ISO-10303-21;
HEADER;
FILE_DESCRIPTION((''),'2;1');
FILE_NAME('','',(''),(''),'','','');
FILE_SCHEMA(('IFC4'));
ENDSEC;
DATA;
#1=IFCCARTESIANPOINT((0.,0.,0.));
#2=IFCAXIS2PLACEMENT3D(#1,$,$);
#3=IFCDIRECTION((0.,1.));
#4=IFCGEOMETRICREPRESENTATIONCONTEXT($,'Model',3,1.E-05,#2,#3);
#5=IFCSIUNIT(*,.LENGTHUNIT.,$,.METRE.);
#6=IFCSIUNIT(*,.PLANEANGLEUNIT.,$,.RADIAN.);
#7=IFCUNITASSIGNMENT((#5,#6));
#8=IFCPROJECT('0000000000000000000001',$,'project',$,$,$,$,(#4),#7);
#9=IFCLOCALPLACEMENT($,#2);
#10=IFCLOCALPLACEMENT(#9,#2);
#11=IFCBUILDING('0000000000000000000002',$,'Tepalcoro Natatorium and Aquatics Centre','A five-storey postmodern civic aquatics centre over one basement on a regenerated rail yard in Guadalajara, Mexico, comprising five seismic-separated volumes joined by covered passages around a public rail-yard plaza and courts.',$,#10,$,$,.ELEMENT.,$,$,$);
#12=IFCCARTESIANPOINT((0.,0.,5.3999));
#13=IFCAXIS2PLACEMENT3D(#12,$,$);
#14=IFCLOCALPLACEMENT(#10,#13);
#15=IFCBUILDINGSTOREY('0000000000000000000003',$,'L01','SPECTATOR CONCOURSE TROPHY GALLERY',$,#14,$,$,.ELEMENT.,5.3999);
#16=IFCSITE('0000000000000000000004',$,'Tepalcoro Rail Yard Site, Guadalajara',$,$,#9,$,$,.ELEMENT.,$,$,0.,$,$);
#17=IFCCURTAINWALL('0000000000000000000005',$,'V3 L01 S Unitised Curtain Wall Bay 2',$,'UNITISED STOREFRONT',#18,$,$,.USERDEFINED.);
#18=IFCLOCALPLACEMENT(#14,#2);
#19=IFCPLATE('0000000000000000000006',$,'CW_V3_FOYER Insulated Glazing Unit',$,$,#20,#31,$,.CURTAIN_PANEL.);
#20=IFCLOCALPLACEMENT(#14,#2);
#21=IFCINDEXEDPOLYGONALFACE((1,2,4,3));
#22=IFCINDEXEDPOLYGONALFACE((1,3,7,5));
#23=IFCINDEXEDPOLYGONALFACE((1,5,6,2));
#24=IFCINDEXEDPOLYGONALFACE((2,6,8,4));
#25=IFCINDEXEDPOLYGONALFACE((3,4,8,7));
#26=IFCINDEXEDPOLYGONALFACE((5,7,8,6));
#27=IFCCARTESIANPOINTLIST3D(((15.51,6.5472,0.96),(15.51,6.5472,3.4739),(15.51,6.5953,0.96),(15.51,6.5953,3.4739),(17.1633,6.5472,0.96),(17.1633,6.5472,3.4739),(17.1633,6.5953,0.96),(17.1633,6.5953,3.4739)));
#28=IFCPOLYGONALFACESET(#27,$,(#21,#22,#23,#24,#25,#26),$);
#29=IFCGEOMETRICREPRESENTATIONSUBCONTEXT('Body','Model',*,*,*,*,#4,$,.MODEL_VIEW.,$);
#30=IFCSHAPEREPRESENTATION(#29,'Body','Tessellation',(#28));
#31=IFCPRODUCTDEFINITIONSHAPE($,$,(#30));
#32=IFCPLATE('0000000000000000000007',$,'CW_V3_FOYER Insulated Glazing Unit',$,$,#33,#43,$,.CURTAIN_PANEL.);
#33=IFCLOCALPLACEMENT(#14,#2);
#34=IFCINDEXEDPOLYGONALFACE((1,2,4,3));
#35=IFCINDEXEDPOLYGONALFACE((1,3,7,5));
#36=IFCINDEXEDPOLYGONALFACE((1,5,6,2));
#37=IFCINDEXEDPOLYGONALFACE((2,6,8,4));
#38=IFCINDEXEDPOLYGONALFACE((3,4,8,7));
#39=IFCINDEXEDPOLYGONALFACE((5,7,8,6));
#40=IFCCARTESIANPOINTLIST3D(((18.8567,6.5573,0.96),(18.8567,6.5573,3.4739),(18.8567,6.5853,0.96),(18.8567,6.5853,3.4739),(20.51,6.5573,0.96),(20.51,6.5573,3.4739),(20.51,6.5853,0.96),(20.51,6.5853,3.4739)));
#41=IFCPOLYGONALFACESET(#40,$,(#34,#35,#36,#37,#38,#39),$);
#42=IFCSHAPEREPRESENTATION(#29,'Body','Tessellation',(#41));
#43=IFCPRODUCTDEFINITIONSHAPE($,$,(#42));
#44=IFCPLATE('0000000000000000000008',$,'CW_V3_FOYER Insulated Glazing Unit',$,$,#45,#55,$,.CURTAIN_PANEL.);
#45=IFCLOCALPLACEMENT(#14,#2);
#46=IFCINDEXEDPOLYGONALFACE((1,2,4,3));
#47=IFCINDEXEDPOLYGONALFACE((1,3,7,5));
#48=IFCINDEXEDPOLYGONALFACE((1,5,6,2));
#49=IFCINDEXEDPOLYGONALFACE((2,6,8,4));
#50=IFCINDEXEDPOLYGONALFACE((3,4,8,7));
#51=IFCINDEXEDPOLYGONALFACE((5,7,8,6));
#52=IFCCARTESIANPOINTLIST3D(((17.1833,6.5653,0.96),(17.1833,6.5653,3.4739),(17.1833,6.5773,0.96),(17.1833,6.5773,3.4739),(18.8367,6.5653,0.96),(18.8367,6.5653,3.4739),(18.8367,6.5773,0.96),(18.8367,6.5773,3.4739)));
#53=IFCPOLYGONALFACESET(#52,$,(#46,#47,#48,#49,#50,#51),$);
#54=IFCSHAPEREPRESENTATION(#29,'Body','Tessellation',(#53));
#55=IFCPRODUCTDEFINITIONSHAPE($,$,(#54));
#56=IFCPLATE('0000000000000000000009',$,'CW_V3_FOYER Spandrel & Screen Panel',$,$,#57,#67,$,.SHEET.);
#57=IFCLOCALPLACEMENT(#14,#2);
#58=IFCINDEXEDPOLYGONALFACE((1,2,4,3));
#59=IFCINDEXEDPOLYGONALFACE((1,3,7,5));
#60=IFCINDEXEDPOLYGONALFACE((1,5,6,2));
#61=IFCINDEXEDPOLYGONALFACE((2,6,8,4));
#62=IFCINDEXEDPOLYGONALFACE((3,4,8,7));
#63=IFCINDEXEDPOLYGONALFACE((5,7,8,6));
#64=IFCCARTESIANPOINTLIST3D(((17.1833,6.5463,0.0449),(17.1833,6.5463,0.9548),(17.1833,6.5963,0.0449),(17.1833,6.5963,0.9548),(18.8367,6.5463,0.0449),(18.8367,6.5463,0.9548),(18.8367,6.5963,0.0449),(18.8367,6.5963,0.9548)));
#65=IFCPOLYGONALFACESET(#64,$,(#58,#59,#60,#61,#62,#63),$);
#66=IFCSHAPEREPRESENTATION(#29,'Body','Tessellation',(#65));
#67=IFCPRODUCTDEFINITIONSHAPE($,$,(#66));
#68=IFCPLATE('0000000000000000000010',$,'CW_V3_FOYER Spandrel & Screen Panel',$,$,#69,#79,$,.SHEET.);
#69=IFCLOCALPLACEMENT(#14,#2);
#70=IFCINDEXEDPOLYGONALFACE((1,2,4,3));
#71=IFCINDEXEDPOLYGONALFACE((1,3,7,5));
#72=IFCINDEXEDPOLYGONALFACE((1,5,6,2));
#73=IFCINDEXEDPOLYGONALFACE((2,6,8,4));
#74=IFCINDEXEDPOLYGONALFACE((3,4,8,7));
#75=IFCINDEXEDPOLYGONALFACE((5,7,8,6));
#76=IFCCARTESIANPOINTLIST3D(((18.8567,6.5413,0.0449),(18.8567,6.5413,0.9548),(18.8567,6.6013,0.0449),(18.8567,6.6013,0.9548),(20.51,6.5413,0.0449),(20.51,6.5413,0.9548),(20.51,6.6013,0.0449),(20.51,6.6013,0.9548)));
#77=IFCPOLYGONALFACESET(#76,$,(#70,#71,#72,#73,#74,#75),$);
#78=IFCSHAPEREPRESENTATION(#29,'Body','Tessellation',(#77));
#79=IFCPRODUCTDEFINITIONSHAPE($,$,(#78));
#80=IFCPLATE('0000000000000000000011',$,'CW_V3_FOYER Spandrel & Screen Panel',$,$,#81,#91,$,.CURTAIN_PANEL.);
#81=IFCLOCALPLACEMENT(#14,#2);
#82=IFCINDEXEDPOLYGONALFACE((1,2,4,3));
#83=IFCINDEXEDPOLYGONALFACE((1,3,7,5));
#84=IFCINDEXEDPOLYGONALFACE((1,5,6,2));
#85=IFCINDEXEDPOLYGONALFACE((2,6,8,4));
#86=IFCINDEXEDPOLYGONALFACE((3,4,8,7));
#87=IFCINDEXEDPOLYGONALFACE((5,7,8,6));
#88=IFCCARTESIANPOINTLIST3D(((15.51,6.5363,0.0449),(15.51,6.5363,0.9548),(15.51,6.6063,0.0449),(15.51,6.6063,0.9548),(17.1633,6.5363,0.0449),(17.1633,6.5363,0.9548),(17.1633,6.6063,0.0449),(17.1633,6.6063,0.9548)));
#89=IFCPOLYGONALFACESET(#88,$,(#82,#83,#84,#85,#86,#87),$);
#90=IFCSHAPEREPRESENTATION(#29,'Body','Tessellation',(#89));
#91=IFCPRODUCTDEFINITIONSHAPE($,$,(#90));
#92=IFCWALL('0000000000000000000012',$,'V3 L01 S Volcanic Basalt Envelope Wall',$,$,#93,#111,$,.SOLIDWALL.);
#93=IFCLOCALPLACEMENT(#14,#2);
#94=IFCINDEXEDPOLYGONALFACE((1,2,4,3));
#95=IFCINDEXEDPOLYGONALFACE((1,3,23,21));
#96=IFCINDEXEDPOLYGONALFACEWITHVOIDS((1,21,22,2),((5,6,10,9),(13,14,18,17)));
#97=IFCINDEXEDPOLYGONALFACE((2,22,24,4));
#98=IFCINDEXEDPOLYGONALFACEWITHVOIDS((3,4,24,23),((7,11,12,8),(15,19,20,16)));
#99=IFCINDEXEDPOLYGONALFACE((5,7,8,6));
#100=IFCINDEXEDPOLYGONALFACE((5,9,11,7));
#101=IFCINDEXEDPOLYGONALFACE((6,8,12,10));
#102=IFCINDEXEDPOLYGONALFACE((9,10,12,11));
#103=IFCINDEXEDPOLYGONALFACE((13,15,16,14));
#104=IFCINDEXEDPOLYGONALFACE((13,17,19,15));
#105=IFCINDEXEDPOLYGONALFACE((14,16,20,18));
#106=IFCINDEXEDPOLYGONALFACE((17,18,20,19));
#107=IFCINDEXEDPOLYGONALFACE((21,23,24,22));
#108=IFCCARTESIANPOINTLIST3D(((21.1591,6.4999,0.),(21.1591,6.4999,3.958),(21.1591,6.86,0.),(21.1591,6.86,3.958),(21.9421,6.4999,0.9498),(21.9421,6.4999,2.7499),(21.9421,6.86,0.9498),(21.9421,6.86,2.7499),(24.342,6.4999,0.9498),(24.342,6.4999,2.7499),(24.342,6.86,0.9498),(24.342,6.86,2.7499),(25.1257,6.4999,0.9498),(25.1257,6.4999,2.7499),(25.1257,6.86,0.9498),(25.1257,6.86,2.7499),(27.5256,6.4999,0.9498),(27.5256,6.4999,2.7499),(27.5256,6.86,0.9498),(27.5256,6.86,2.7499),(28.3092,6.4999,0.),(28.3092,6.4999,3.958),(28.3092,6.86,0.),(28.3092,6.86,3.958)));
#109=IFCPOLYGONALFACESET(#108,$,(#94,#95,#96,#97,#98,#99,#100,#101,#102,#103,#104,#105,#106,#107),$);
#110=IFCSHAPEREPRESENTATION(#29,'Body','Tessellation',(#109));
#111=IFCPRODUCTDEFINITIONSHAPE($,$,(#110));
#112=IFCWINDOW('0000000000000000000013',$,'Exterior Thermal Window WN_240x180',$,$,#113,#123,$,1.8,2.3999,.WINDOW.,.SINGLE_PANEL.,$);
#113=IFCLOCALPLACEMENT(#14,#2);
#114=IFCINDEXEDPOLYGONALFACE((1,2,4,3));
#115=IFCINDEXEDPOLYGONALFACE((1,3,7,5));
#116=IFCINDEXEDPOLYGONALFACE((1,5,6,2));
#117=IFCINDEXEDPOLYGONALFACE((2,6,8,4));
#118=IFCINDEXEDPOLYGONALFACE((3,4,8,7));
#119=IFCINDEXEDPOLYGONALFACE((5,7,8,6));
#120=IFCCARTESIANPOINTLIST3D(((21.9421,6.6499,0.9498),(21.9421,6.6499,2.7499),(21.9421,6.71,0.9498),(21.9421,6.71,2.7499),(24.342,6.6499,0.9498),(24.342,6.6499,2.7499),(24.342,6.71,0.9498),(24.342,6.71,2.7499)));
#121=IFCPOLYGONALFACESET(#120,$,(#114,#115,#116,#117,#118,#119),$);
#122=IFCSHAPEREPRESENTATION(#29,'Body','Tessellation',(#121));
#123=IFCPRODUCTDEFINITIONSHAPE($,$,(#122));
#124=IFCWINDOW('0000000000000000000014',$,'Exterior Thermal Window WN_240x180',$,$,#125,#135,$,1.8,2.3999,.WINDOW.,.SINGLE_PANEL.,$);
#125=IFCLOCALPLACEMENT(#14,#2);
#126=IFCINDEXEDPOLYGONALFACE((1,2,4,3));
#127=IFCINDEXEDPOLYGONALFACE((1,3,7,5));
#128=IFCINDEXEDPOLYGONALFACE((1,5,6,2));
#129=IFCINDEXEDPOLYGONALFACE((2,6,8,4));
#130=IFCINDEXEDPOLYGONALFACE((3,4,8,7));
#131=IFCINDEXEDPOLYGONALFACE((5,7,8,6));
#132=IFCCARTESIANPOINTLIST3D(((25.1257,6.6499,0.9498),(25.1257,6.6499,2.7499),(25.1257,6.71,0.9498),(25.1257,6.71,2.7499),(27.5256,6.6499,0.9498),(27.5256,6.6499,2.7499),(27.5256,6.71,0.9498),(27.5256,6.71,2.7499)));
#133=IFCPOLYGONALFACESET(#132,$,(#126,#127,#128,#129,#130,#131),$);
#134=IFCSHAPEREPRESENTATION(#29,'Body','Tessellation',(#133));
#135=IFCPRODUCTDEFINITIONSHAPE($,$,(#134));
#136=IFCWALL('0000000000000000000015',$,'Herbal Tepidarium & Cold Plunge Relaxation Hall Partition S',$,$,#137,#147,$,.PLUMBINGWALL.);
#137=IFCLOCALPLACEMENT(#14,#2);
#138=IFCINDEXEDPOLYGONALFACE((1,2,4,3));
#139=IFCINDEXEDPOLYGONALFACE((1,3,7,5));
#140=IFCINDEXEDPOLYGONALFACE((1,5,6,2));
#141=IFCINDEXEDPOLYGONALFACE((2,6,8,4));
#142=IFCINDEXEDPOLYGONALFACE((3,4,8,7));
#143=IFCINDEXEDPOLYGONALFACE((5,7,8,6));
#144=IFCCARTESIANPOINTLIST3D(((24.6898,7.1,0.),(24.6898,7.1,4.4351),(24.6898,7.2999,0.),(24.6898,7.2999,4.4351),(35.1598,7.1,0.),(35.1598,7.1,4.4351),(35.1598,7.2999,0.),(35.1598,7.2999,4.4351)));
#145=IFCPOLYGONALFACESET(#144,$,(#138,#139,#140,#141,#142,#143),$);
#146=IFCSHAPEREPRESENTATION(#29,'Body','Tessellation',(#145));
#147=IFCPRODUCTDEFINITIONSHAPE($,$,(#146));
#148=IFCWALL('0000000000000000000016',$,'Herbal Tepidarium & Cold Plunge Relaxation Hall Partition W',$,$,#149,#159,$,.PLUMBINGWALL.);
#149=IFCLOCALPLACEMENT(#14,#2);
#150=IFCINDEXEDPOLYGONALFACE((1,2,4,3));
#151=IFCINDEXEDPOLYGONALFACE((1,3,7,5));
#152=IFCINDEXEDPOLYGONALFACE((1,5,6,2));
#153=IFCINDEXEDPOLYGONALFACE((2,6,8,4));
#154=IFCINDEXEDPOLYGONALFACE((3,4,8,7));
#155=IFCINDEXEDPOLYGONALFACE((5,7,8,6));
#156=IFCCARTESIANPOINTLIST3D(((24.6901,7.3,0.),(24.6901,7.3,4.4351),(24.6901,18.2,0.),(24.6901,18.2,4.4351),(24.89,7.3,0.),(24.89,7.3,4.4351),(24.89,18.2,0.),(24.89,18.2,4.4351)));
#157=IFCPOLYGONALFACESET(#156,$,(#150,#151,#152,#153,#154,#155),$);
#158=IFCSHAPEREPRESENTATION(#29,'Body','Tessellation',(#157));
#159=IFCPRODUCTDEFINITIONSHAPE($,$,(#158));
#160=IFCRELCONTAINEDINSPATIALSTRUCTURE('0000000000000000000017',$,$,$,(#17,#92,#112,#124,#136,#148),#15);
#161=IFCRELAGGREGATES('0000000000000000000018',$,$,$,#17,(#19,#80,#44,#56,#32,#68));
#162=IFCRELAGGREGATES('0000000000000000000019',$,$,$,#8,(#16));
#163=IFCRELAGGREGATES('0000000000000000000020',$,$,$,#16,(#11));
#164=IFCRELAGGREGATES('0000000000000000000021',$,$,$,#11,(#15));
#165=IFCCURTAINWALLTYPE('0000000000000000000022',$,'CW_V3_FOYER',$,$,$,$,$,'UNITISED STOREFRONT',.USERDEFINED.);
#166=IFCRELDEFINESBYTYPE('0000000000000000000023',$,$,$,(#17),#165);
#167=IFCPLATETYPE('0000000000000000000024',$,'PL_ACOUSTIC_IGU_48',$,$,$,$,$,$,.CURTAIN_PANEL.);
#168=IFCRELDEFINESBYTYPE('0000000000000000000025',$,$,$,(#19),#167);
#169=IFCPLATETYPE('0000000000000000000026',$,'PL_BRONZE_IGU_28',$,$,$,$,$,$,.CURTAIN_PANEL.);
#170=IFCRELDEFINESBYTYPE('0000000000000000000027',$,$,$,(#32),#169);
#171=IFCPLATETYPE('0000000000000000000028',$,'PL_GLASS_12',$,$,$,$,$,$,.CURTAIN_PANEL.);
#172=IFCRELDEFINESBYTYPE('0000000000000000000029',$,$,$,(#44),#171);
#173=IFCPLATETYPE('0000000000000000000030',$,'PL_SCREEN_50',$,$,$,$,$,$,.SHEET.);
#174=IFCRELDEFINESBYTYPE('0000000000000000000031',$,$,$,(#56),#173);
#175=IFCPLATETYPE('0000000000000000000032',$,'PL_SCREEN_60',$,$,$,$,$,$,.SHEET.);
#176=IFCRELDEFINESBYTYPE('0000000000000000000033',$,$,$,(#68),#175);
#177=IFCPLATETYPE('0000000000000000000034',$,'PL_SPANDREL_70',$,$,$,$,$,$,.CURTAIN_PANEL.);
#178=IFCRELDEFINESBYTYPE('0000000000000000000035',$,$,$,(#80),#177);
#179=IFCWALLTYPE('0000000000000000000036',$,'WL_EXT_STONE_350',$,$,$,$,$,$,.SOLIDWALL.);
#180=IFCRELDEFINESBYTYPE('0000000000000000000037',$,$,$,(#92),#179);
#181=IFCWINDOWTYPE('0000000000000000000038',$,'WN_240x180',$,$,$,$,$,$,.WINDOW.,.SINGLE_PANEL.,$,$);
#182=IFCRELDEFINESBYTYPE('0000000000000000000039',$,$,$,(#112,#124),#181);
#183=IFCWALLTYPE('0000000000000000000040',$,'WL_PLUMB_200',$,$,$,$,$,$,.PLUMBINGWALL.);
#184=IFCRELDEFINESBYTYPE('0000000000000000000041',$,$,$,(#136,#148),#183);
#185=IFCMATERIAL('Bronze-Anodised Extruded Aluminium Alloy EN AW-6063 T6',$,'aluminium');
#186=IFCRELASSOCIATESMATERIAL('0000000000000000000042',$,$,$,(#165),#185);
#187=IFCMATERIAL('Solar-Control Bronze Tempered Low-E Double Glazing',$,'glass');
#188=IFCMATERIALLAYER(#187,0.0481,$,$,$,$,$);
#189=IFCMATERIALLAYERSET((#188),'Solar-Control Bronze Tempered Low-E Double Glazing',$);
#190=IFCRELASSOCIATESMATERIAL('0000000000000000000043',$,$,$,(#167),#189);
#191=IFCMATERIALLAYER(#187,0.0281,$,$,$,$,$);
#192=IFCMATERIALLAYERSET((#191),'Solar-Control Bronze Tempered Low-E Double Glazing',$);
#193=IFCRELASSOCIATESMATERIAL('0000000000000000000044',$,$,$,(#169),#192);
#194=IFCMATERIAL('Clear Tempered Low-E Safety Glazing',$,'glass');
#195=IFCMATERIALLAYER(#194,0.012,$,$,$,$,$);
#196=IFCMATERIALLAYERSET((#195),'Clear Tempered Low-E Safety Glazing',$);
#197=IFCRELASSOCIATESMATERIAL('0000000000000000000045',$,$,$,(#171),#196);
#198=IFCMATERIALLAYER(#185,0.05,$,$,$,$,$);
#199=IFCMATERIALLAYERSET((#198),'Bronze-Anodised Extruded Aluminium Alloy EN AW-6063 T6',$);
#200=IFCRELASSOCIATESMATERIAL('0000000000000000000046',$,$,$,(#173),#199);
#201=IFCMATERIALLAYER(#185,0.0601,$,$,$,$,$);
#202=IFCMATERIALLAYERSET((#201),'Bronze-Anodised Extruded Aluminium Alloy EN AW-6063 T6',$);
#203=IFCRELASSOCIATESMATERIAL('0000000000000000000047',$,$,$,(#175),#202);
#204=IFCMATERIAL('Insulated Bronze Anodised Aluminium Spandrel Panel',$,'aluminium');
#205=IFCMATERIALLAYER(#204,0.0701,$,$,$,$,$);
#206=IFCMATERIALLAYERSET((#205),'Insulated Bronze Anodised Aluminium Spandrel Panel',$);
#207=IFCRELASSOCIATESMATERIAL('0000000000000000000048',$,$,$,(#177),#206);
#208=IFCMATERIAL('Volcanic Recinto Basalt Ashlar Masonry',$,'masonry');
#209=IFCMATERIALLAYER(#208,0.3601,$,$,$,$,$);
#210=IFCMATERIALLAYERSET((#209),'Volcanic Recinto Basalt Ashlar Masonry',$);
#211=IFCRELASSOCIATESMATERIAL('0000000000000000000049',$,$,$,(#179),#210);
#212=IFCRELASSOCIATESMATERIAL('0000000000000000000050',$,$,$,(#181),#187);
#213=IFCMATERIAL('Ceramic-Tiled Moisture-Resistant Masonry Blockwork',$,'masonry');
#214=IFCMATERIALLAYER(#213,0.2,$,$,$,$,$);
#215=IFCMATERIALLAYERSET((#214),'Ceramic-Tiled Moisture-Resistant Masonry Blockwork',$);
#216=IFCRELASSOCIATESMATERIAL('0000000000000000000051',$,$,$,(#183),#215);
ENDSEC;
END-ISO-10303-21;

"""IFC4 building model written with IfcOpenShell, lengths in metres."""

from ifc_helpers import new_model, si_unit, direction, frame, frame_2d, origin, origin_2d, place, context, subcontext, project, spatial, rectangle, extrude, material, layer, layer_set, type_object, element, fill, aggregate, save


model = new_model("IFC4")

# Units and contexts
model_context = context("Model", 3, precision=1e-05, world=origin(), true_north=direction((0.0, 1.0)))
body_context = subcontext(model_context, "Body", "Model", "MODEL_VIEW")
ifc_project = project(units=[si_unit("LENGTHUNIT", "METRE"), si_unit("PLANEANGLEUNIT", "RADIAN")], contexts=[model_context])

# Site, building, storey
site_placement = place(None, origin())
site = spatial("IfcSite", under=ifc_project, at=site_placement, Name="Tepalcoro Rail Yard Site, Guadalajara", CompositionType="ELEMENT", RefElevation=0.0)
building_placement = place(site_placement, origin())
building = spatial("IfcBuilding", under=site, at=building_placement, Name="Tepalcoro Natatorium and Aquatics Centre", Description="A five-storey postmodern civic aquatics centre over one basement on a regenerated rail yard in Guadalajara, Mexico, comprising five seismic-separated volumes joined by covered passages around a public rail-yard plaza and courts.", CompositionType="ELEMENT")
storey_placement = place(building_placement, frame((0.0, 0.0, 5.3999)))
storey = spatial("IfcBuildingStorey", under=building, at=storey_placement, Name="L01", Description="SPECTATOR CONCOURSE TROPHY GALLERY", CompositionType="ELEMENT", Elevation=5.3999)

# Shared definitions
ifc_material_1 = material(Name="Bronze-Anodised Extruded Aluminium Alloy EN AW-6063 T6", Category="aluminium")

# Curtain wall
curtain_wall_type_1 = type_object("IfcCurtainWallType", Name="CW_V3_FOYER", ElementType="UNITISED STOREFRONT", PredefinedType="USERDEFINED", material=ifc_material_1)
curtain_wall_1_placement = place(storey_placement, origin())
curtain_wall_1 = element("IfcCurtainWall", 1, at=curtain_wall_1_placement, inside=storey, type_object=curtain_wall_type_1, Name="V3 L01 S Unitised Curtain Wall Bay 2", ObjectType="UNITISED STOREFRONT", PredefinedType="USERDEFINED")

# Plates
ifc_material_2 = material(Name="Solar-Control Bronze Tempered Low-E Double Glazing", Category="glass")
ifc_layer_1 = layer(ifc_material_2, 0.0481)
ifc_layer_set_1 = layer_set([ifc_layer_1], Name="Solar-Control Bronze Tempered Low-E Double Glazing")
plate_type_1 = type_object("IfcPlateType", Name="PL_ACOUSTIC_IGU_48", PredefinedType="CURTAIN_PANEL", material=ifc_layer_set_1)
plate_1_placement = place(storey_placement, frame((16.3367, 6.5713, 0.96), z_axis=(0.0, 0.0, 1.0), x_axis=(1.0, 0.0, 0.0)))
plate_1 = element("IfcPlate", 2, at=plate_1_placement, type_object=plate_type_1, Name="CW_V3_FOYER Insulated Glazing Unit", PredefinedType="CURTAIN_PANEL", context=body_context, shape_type="SweptSolid", body=[
    extrude(rectangle(XDim=1.6533, YDim=0.0481, at=origin_2d()), origin(), (0.0, 0.0, 1.0), 2.5139),
])
ifc_layer_2 = layer(ifc_material_2, 0.0281)
ifc_layer_set_2 = layer_set([ifc_layer_2], Name="Solar-Control Bronze Tempered Low-E Double Glazing")
plate_type_2 = type_object("IfcPlateType", Name="PL_BRONZE_IGU_28", PredefinedType="CURTAIN_PANEL", material=ifc_layer_set_2)
plate_2_placement = place(storey_placement, frame((19.6833, 6.5713, 0.96), z_axis=(0.0, 0.0, 1.0), x_axis=(1.0, 0.0, 0.0)))
plate_2 = element("IfcPlate", 3, at=plate_2_placement, type_object=plate_type_2, Name="CW_V3_FOYER Insulated Glazing Unit", PredefinedType="CURTAIN_PANEL", context=body_context, shape_type="SweptSolid", body=[
    extrude(rectangle(XDim=1.6533, YDim=0.0281, at=origin_2d()), origin(), (0.0, 0.0, 1.0), 2.5139),
])
ifc_material_3 = material(Name="Clear Tempered Low-E Safety Glazing", Category="glass")
ifc_layer_3 = layer(ifc_material_3, 0.012)
ifc_layer_set_3 = layer_set([ifc_layer_3], Name="Clear Tempered Low-E Safety Glazing")
plate_type_3 = type_object("IfcPlateType", Name="PL_GLASS_12", PredefinedType="CURTAIN_PANEL", material=ifc_layer_set_3)
plate_3_placement = place(storey_placement, frame((18.01, 6.5713, 0.96), z_axis=(0.0, 0.0, 1.0), x_axis=(1.0, 0.0, 0.0)))
plate_3 = element("IfcPlate", 4, at=plate_3_placement, type_object=plate_type_3, Name="CW_V3_FOYER Insulated Glazing Unit", PredefinedType="CURTAIN_PANEL", context=body_context, shape_type="SweptSolid", body=[
    extrude(rectangle(XDim=1.6533, YDim=0.012, at=origin_2d()), origin(), (0.0, 0.0, 1.0), 2.5139),
])
ifc_layer_4 = layer(ifc_material_1, 0.05)
ifc_layer_set_4 = layer_set([ifc_layer_4], Name="Bronze-Anodised Extruded Aluminium Alloy EN AW-6063 T6")
plate_type_4 = type_object("IfcPlateType", Name="PL_SCREEN_50", PredefinedType="SHEET", material=ifc_layer_set_4)
plate_4_placement = place(storey_placement, frame((18.01, 6.5713, 0.0449), z_axis=(0.0, 0.0, 1.0), x_axis=(1.0, 0.0, 0.0)))
plate_4 = element("IfcPlate", 5, at=plate_4_placement, type_object=plate_type_4, Name="CW_V3_FOYER Spandrel & Screen Panel", PredefinedType="SHEET", context=body_context, shape_type="SweptSolid", body=[
    extrude(rectangle(XDim=1.6533, YDim=0.05, at=origin_2d()), origin(), (0.0, 0.0, 1.0), 0.9099),
])
ifc_layer_5 = layer(ifc_material_1, 0.0601)
ifc_layer_set_5 = layer_set([ifc_layer_5], Name="Bronze-Anodised Extruded Aluminium Alloy EN AW-6063 T6")
plate_type_5 = type_object("IfcPlateType", Name="PL_SCREEN_60", PredefinedType="SHEET", material=ifc_layer_set_5)
plate_5_placement = place(storey_placement, frame((19.6833, 6.5713, 0.0449), z_axis=(0.0, 0.0, 1.0), x_axis=(1.0, 0.0, 0.0)))
plate_5 = element("IfcPlate", 6, at=plate_5_placement, type_object=plate_type_5, Name="CW_V3_FOYER Spandrel & Screen Panel", PredefinedType="SHEET", context=body_context, shape_type="SweptSolid", body=[
    extrude(rectangle(XDim=1.6533, YDim=0.0601, at=origin_2d()), origin(), (0.0, 0.0, 1.0), 0.9099),
])
ifc_material_4 = material(Name="Insulated Bronze Anodised Aluminium Spandrel Panel", Category="aluminium")
ifc_layer_6 = layer(ifc_material_4, 0.0701)
ifc_layer_set_6 = layer_set([ifc_layer_6], Name="Insulated Bronze Anodised Aluminium Spandrel Panel")
plate_type_6 = type_object("IfcPlateType", Name="PL_SPANDREL_70", PredefinedType="CURTAIN_PANEL", material=ifc_layer_set_6)
plate_6_placement = place(storey_placement, frame((16.3367, 6.5713, 0.0449), z_axis=(0.0, 0.0, 1.0), x_axis=(1.0, 0.0, 0.0)))
plate_6 = element("IfcPlate", 7, at=plate_6_placement, type_object=plate_type_6, Name="CW_V3_FOYER Spandrel & Screen Panel", PredefinedType="CURTAIN_PANEL", context=body_context, shape_type="SweptSolid", body=[
    extrude(rectangle(XDim=1.6533, YDim=0.0701, at=origin_2d()), origin(), (0.0, 0.0, 1.0), 0.9099),
])
aggregate(curtain_wall_1, [plate_1, plate_6, plate_3, plate_4, plate_2, plate_5])

# Wall, openings, windows
ifc_material_5 = material(Name="Volcanic Recinto Basalt Ashlar Masonry", Category="masonry")
ifc_layer_7 = layer(ifc_material_5, 0.3601)
ifc_layer_set_7 = layer_set([ifc_layer_7], Name="Volcanic Recinto Basalt Ashlar Masonry")
wall_type_1 = type_object("IfcWallType", Name="WL_EXT_STONE_350", PredefinedType="SOLIDWALL", material=ifc_layer_set_7)
wall_1_placement = place(storey_placement, frame((21.1589, 6.6799, 0.0), z_axis=(0.0, 0.0, 1.0), x_axis=(1.0, 0.0, 0.0)))
wall_1 = element("IfcWall", 8, at=wall_1_placement, inside=storey, type_object=wall_type_1, Name="V3 L01 S Volcanic Basalt Envelope Wall", PredefinedType="SOLIDWALL", context=body_context, shape_type="SweptSolid", body=[
    extrude(rectangle(XDim=7.1501, YDim=0.3601, at=frame_2d((3.5752, 0.0))), origin(), (0.0, 0.0, 1.0), 3.958),
])
opening_1_placement = place(wall_1_placement, frame((0.7832, 0.0, 0.95)))
opening_1 = element("IfcOpeningElement", 9, at=opening_1_placement, cuts=wall_1, PredefinedType="OPENING", context=body_context, shape_type="SweptSolid", body=[
    extrude(rectangle(XDim=2.3999, YDim=1.8, at=frame_2d((1.2, 0.8999))), frame((0.0, 0.1919, 0.0), z_axis=(0.0, -1.0, 0.0), x_axis=(1.0, 0.0, 0.0)), (0.0, 0.0, 1.0), 0.384),
])
opening_2_placement = place(wall_1_placement, frame((3.9668, 0.0, 0.95)))
opening_2 = element("IfcOpeningElement", 10, at=opening_2_placement, cuts=wall_1, PredefinedType="OPENING", context=body_context, shape_type="SweptSolid", body=[
    extrude(rectangle(XDim=2.3999, YDim=1.8, at=frame_2d((1.2, 0.8999))), frame((0.0, 0.1919, 0.0), z_axis=(0.0, -1.0, 0.0), x_axis=(1.0, 0.0, 0.0)), (0.0, 0.0, 1.0), 0.384),
])
window_type = type_object("IfcWindowType", Name="WN_240x180", PartitioningType="SINGLE_PANEL", PredefinedType="WINDOW", material=ifc_material_2)
window_1_placement = place(opening_1_placement, origin())
window_1 = element("IfcWindow", 11, at=window_1_placement, inside=storey, type_object=window_type, Name="Exterior Thermal Window WN_240x180", OverallHeight=1.8, OverallWidth=2.3999, PartitioningType="SINGLE_PANEL", PredefinedType="WINDOW", context=body_context, shape_type="SweptSolid", body=[
    extrude(rectangle(XDim=2.3999, YDim=1.8, at=frame_2d((1.2, 0.8999))), frame((0.0, 0.03, 0.0), z_axis=(0.0, -1.0, 0.0), x_axis=(1.0, 0.0, 0.0)), (0.0, 0.0, 1.0), 0.0601),
])
fill(opening_1, window_1)
window_2_placement = place(opening_2_placement, origin())
window_2 = element("IfcWindow", 12, at=window_2_placement, inside=storey, type_object=window_type, Name="Exterior Thermal Window WN_240x180", OverallHeight=1.8, OverallWidth=2.3999, PartitioningType="SINGLE_PANEL", PredefinedType="WINDOW", context=body_context, shape_type="SweptSolid", body=[
    extrude(rectangle(XDim=2.3999, YDim=1.8, at=frame_2d((1.2, 0.8999))), frame((0.0, 0.03, 0.0), z_axis=(0.0, -1.0, 0.0), x_axis=(1.0, 0.0, 0.0)), (0.0, 0.0, 1.0), 0.0601),
])
fill(opening_2, window_2)

# Walls
ifc_material_6 = material(Name="Ceramic-Tiled Moisture-Resistant Masonry Blockwork", Category="masonry")
ifc_layer_8 = layer(ifc_material_6, 0.2)
ifc_layer_set_8 = layer_set([ifc_layer_8], Name="Ceramic-Tiled Moisture-Resistant Masonry Blockwork")
wall_type_2 = type_object("IfcWallType", Name="WL_PLUMB_200", PredefinedType="PLUMBINGWALL", material=ifc_layer_set_8)
wall_2_placement = place(storey_placement, frame((24.6899, 7.2, 0.0), z_axis=(0.0, 0.0, 1.0), x_axis=(1.0, 0.0, 0.0)))
element("IfcWall", 13, at=wall_2_placement, inside=storey, type_object=wall_type_2, Name="Herbal Tepidarium & Cold Plunge Relaxation Hall Partition S", PredefinedType="PLUMBINGWALL", context=body_context, shape_type="SweptSolid", body=[
    extrude(rectangle(XDim=10.47, YDim=0.2, at=frame_2d((5.2349, 0.0))), origin(), (0.0, 0.0, 1.0), 4.4351),
])
wall_3_placement = place(storey_placement, frame((24.79, 7.3, 0.0), z_axis=(0.0, 0.0, 1.0), x_axis=(0.0, 1.0, 0.0)))
element("IfcWall", 14, at=wall_3_placement, inside=storey, type_object=wall_type_2, Name="Herbal Tepidarium & Cold Plunge Relaxation Hall Partition W", PredefinedType="PLUMBINGWALL", context=body_context, shape_type="SweptSolid", body=[
    extrude(rectangle(XDim=10.8999, YDim=0.2, at=frame_2d((5.45, 0.0))), origin(), (0.0, 0.0, 1.0), 4.4351),
])

save(model, "model.ifc")
